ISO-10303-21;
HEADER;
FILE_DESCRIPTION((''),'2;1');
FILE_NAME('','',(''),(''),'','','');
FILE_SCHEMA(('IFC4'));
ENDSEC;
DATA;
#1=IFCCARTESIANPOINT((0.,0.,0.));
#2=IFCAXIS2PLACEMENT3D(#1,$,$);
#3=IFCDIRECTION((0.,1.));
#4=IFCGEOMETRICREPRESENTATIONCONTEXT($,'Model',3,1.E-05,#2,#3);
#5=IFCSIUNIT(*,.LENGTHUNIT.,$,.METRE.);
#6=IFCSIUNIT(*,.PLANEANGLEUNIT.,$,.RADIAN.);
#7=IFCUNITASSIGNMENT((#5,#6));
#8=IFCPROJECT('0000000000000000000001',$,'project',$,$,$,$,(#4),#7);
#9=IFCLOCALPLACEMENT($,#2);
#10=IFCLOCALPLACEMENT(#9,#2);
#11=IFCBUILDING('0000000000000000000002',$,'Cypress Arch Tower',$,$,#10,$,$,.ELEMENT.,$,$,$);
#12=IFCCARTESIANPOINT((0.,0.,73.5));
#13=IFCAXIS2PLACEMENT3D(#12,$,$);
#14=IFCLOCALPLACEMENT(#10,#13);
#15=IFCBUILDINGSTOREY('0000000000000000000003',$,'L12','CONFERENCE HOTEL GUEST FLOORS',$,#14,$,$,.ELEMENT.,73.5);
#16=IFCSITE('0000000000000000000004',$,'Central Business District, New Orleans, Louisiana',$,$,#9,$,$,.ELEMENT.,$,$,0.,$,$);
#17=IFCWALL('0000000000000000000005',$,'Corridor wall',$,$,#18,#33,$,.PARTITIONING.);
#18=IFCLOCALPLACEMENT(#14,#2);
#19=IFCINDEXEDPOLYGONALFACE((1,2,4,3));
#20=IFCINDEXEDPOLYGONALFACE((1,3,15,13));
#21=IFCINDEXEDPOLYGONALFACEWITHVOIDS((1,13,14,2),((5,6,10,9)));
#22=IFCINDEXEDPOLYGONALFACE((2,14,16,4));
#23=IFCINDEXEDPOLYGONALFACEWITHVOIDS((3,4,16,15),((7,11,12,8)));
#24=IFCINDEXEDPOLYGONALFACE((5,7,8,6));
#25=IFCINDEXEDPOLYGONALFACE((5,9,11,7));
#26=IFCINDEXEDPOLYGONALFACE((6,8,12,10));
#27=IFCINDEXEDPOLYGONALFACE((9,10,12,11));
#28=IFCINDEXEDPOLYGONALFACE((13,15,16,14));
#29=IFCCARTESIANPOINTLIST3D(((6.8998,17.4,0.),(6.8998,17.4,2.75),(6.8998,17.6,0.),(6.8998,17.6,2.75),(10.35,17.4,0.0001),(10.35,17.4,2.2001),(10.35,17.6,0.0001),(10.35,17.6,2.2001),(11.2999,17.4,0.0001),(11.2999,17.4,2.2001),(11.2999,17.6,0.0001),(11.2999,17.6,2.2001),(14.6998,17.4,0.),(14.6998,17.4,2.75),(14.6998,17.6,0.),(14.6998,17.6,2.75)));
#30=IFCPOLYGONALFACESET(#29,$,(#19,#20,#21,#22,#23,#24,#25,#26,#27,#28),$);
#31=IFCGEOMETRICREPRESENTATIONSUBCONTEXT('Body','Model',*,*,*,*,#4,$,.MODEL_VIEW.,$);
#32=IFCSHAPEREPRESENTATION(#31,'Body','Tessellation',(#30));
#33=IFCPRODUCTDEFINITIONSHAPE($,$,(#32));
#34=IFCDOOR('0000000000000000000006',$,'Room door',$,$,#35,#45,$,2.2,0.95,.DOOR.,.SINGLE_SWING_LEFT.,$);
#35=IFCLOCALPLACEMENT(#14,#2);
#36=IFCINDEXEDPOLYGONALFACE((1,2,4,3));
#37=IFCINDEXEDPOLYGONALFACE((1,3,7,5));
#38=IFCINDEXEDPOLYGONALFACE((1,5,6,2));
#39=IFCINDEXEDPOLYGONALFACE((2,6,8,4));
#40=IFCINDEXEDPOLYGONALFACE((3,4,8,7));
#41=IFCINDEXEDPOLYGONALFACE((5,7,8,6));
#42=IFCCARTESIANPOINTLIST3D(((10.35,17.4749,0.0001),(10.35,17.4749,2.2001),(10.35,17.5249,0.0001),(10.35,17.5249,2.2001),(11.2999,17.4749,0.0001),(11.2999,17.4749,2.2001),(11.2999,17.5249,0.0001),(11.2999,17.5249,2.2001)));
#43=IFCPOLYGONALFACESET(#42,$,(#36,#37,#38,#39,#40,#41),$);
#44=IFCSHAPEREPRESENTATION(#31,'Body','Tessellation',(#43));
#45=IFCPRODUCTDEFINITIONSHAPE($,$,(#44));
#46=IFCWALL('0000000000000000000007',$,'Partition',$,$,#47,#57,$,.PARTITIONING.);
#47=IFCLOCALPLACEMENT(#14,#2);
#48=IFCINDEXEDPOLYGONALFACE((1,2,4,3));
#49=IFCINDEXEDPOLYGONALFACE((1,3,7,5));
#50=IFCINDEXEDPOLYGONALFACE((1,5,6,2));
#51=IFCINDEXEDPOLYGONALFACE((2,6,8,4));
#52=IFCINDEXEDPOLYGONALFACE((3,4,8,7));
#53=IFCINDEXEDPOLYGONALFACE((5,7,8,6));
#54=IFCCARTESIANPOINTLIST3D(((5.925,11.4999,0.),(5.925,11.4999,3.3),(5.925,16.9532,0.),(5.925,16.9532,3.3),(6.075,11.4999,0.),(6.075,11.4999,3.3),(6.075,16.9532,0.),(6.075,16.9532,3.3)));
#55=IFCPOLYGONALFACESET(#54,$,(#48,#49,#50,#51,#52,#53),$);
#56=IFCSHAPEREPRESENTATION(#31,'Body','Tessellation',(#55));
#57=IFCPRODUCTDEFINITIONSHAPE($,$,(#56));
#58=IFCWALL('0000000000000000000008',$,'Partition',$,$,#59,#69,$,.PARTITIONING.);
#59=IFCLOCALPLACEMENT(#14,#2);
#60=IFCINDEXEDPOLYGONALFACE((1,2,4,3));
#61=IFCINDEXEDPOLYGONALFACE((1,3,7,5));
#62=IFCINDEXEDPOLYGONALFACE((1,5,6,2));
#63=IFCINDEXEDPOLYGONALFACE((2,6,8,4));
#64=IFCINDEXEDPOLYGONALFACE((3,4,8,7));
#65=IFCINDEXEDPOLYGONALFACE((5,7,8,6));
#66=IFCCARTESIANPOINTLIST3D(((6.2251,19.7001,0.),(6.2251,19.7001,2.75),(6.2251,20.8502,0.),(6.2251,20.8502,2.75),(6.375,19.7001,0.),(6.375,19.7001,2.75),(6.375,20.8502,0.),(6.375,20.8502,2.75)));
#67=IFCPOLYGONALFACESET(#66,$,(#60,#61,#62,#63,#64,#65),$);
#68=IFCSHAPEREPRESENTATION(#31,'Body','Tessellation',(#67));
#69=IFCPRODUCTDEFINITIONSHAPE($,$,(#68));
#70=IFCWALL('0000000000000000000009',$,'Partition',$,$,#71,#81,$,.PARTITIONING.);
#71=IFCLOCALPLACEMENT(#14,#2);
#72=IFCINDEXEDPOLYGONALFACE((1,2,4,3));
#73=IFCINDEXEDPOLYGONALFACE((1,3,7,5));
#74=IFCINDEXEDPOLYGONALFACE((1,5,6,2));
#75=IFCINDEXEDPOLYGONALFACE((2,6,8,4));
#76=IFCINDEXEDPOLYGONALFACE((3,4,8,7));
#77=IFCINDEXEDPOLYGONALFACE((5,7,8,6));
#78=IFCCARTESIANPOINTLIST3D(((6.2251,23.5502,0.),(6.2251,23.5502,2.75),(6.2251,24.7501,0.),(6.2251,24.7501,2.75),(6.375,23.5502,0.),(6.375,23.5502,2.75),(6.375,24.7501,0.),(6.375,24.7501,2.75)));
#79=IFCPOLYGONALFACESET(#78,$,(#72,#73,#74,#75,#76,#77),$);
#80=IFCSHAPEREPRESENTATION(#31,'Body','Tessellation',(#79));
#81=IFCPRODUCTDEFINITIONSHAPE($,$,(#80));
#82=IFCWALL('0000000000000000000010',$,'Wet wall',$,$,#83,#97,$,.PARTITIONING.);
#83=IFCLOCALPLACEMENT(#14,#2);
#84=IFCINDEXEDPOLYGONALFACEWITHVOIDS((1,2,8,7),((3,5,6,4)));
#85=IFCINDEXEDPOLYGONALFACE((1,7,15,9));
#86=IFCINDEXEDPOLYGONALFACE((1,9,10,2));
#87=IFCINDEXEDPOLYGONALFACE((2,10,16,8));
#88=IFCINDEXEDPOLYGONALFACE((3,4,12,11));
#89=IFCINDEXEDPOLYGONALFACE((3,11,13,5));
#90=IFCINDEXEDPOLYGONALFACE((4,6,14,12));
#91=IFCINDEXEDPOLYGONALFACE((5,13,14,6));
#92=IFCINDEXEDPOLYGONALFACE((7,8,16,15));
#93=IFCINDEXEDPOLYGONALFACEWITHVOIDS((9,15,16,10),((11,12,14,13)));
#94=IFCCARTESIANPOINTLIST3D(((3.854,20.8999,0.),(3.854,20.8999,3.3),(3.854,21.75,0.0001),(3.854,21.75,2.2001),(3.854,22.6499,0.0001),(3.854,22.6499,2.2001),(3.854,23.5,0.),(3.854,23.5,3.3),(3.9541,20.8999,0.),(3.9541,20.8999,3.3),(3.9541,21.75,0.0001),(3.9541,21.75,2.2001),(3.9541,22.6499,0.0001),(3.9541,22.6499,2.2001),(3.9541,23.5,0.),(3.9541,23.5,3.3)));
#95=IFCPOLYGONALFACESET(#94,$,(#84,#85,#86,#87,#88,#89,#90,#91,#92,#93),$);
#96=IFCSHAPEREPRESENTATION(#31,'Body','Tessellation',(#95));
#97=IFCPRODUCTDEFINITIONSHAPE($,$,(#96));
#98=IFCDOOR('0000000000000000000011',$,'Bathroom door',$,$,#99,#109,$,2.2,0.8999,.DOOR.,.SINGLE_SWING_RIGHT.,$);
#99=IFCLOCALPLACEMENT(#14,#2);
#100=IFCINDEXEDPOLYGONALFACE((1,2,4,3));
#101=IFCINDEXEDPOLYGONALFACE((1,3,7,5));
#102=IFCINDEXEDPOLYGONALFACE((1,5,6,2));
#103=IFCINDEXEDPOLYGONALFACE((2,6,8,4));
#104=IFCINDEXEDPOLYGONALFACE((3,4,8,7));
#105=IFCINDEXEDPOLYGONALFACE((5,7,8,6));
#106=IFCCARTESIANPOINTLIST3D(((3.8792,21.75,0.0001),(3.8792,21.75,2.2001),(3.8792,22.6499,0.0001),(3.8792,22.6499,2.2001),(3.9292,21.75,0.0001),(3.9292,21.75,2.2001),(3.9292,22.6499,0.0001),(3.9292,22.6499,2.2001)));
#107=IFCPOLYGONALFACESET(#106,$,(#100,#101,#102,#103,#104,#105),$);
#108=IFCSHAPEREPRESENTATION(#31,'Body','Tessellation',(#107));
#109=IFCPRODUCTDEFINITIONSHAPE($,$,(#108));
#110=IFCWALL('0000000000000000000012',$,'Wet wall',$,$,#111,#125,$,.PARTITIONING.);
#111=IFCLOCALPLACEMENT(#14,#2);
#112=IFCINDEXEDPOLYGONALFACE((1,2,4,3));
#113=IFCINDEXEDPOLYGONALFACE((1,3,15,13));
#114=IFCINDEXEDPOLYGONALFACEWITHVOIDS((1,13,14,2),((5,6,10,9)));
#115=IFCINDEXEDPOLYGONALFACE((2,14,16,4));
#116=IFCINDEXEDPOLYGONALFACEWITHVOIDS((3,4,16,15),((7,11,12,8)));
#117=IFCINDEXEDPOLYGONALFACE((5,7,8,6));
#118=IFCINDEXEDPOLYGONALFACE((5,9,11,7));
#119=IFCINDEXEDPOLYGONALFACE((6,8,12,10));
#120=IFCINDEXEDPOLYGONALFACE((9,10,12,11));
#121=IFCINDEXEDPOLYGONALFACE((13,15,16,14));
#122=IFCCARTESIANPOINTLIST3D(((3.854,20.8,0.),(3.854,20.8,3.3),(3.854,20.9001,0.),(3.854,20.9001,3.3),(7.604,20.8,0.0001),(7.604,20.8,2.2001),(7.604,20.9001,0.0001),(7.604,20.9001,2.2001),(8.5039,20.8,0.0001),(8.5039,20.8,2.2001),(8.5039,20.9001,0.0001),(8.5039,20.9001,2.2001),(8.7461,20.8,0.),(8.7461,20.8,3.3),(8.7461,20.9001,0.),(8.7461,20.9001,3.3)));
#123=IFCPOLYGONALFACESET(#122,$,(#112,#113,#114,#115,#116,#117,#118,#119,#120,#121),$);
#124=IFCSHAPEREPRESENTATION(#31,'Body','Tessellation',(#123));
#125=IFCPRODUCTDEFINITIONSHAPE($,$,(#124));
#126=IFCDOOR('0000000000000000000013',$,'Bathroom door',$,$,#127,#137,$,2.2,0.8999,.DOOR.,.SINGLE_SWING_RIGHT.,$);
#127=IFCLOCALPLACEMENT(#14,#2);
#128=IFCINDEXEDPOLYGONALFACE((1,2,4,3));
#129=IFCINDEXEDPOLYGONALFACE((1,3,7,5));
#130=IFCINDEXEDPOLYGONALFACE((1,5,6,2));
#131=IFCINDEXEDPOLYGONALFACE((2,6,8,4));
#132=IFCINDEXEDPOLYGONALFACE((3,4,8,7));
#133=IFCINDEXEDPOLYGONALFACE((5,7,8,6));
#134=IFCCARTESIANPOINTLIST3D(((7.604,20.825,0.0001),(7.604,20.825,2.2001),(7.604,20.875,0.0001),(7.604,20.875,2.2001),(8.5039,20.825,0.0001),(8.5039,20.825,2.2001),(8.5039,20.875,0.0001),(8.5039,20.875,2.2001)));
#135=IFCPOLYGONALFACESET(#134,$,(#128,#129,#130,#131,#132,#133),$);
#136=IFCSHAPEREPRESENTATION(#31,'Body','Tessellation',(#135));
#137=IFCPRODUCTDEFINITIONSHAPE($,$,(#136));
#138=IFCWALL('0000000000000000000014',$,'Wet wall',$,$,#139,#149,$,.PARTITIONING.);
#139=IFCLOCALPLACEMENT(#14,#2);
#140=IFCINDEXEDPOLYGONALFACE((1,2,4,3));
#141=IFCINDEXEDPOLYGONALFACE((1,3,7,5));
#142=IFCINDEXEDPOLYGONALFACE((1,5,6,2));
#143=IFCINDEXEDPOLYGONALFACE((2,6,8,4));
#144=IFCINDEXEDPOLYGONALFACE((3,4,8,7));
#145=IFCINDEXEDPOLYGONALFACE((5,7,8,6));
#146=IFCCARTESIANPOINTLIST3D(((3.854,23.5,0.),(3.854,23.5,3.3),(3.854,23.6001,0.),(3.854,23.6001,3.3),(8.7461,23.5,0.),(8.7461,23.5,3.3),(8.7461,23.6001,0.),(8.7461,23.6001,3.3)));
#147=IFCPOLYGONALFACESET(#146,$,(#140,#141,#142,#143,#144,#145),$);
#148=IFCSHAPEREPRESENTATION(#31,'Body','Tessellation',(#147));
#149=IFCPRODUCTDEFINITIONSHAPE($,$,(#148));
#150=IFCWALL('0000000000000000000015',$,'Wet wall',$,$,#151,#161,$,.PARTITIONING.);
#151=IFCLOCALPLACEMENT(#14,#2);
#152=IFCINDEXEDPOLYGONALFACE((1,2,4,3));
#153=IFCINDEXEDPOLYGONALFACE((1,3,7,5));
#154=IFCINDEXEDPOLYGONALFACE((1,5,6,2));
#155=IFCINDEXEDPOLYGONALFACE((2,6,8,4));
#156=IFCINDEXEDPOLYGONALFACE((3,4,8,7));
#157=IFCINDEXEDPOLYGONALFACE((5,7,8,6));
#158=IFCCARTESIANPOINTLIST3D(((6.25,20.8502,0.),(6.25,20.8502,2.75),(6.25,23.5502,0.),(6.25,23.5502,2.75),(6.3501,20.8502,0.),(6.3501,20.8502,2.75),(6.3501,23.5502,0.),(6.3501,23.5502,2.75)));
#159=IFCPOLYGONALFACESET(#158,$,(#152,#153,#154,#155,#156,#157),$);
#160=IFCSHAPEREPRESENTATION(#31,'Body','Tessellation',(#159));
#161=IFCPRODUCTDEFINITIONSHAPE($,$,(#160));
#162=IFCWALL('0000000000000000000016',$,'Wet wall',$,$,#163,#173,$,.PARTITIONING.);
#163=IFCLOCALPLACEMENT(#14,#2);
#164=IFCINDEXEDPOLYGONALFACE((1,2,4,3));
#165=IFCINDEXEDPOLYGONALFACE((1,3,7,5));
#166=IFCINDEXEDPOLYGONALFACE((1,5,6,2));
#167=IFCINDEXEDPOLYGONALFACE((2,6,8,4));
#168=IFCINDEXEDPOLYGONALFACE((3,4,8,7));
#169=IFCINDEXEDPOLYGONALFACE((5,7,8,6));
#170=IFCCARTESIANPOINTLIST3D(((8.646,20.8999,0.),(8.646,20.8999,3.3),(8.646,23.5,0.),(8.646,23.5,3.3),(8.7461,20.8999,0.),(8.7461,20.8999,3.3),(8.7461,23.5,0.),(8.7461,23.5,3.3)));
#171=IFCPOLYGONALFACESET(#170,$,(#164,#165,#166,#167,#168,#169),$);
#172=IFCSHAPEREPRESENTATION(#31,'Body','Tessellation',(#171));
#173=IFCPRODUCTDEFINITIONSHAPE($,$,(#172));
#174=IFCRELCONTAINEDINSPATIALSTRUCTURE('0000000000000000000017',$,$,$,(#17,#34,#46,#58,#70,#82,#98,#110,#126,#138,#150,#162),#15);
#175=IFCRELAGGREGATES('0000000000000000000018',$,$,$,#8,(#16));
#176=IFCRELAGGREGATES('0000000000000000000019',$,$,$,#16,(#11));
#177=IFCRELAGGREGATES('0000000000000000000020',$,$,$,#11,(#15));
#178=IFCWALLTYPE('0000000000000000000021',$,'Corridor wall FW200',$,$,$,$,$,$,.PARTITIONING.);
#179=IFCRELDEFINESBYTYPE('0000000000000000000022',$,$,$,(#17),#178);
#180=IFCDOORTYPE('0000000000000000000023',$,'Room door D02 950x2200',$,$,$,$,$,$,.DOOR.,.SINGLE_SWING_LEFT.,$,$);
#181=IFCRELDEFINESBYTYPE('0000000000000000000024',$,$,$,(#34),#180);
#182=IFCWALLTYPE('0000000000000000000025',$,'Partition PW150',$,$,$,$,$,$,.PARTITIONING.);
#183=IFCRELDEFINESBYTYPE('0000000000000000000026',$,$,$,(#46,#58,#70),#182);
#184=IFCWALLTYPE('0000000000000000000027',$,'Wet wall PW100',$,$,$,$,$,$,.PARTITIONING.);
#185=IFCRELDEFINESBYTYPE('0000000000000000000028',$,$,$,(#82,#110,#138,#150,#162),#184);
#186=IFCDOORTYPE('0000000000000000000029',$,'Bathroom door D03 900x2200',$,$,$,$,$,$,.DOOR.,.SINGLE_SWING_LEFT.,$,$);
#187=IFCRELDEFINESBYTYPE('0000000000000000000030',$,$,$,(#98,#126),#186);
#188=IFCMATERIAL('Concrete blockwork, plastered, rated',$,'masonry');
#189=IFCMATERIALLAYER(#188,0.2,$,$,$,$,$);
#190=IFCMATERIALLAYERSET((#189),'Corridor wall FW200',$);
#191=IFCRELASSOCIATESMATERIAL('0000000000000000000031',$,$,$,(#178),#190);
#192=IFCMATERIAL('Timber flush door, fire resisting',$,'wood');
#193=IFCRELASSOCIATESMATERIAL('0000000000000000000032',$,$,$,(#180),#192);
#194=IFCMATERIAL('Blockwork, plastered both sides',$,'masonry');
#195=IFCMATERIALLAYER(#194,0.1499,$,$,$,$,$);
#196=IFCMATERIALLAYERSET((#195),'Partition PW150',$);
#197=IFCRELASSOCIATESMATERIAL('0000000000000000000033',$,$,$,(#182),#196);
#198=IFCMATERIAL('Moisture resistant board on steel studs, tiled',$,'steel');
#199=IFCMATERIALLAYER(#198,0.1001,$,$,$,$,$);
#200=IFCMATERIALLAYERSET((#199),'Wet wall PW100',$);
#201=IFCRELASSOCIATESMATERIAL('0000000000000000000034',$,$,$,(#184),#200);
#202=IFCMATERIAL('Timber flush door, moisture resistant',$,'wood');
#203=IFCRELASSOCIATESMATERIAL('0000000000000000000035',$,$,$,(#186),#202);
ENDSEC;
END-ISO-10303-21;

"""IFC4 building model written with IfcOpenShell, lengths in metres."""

from ifc_helpers import new_model, si_unit, direction, frame, frame_2d, origin, place, context, subcontext, project, spatial, rectangle, extrude, material, layer, layer_set, type_object, element, fill, save


model = new_model("IFC4")

# Units and contexts
model_context = context("Model", 3, precision=1e-05, world=origin(), true_north=direction((0.0, 1.0)))
body_context = subcontext(model_context, "Body", "Model", "MODEL_VIEW")
ifc_project = project(units=[si_unit("LENGTHUNIT", "METRE"), si_unit("PLANEANGLEUNIT", "RADIAN")], contexts=[model_context])

# Site, building, storey
site_placement = place(None, origin())
site = spatial("IfcSite", under=ifc_project, at=site_placement, Name="Central Business District, New Orleans, Louisiana", CompositionType="ELEMENT", RefElevation=0.0)
building_placement = place(site_placement, origin())
building = spatial("IfcBuilding", under=site, at=building_placement, Name="Cypress Arch Tower", CompositionType="ELEMENT")
storey_placement = place(building_placement, frame((0.0, 0.0, 73.5)))
storey = spatial("IfcBuildingStorey", under=building, at=storey_placement, Name="L12", Description="CONFERENCE HOTEL GUEST FLOORS", CompositionType="ELEMENT", Elevation=73.5)

# Shared definitions
ifc_material_1 = material(Name="Concrete blockwork, plastered, rated", Category="masonry")
ifc_layer_1 = layer(ifc_material_1, 0.2)
ifc_layer_set_1 = layer_set([ifc_layer_1], Name="Corridor wall FW200")
wall_type_1 = type_object("IfcWallType", Name="Corridor wall FW200", PredefinedType="PARTITIONING", material=ifc_layer_set_1)

# Wall, opening, door
wall_1_placement = place(storey_placement, frame((6.8999, 17.5, 0.0), z_axis=(0.0, 0.0, 1.0), x_axis=(1.0, 0.0, 0.0)))
wall_1 = element("IfcWall", 1, at=wall_1_placement, inside=storey, type_object=wall_type_1, Name="Corridor wall", PredefinedType="PARTITIONING", context=body_context, shape_type="SweptSolid", body=[
    extrude(rectangle(XDim=7.8, YDim=0.2, at=frame_2d((3.8999, 0.0))), origin(), (0.0, 0.0, 1.0), 2.75),
])
opening_1_placement = place(wall_1_placement, frame((3.45, 0.0, 0.0)))
opening_1 = element("IfcOpeningElement", 2, at=opening_1_placement, cuts=wall_1, PredefinedType="OPENING", context=body_context, shape_type="SweptSolid", body=[
    extrude(rectangle(XDim=0.95, YDim=2.2, at=frame_2d((0.4751, 1.1001))), frame((0.0, 0.1099, 0.0), z_axis=(0.0, -1.0, 0.0), x_axis=(1.0, 0.0, 0.0)), (0.0, 0.0, 1.0), 0.22),
])
ifc_material_2 = material(Name="Timber flush door, fire resisting", Category="wood")
door_type_1 = type_object("IfcDoorType", Name="Room door D02 950x2200", OperationType="SINGLE_SWING_LEFT", PredefinedType="DOOR", material=ifc_material_2)
door_1_placement = place(opening_1_placement, origin())
door_1 = element("IfcDoor", 3, at=door_1_placement, inside=storey, type_object=door_type_1, Name="Room door", OperationType="SINGLE_SWING_LEFT", OverallHeight=2.2, OverallWidth=0.95, PredefinedType="DOOR", context=body_context, shape_type="SweptSolid", body=[
    extrude(rectangle(XDim=0.95, YDim=2.2, at=frame_2d((0.4751, 1.1001))), frame((0.0, 0.0249, 0.0), z_axis=(0.0, -1.0, 0.0), x_axis=(1.0, 0.0, 0.0)), (0.0, 0.0, 1.0), 0.05),
])
fill(opening_1, door_1)

# Walls
ifc_material_3 = material(Name="Blockwork, plastered both sides", Category="masonry")
ifc_layer_2 = layer(ifc_material_3, 0.1499)
ifc_layer_set_2 = layer_set([ifc_layer_2], Name="Partition PW150")
wall_type_2 = type_object("IfcWallType", Name="Partition PW150", PredefinedType="PARTITIONING", material=ifc_layer_set_2)
wall_2_placement = place(storey_placement, frame((6.0, 11.5, 0.0), z_axis=(0.0, 0.0, 1.0), x_axis=(0.0, 1.0, 0.0)))
element("IfcWall", 4, at=wall_2_placement, inside=storey, type_object=wall_type_2, Name="Partition", PredefinedType="PARTITIONING", context=body_context, shape_type="SweptSolid", body=[
    extrude(rectangle(XDim=5.4534, YDim=0.1499, at=frame_2d((2.7266, 0.0))), origin(), (0.0, 0.0, 1.0), 3.3),
])
wall_3_placement = place(storey_placement, frame((6.3, 19.7, 0.0), z_axis=(0.0, 0.0, 1.0), x_axis=(0.0, 1.0, 0.0)))
element("IfcWall", 5, at=wall_3_placement, inside=storey, type_object=wall_type_2, Name="Partition", PredefinedType="PARTITIONING", context=body_context, shape_type="SweptSolid", body=[
    extrude(rectangle(XDim=1.1501, YDim=0.1499, at=frame_2d((0.5752, 0.0))), origin(), (0.0, 0.0, 1.0), 2.75),
])
wall_4_placement = place(storey_placement, frame((6.3, 23.55, 0.0), z_axis=(0.0, 0.0, 1.0), x_axis=(0.0, 1.0, 0.0)))
element("IfcWall", 6, at=wall_4_placement, inside=storey, type_object=wall_type_2, Name="Partition", PredefinedType="PARTITIONING", context=body_context, shape_type="SweptSolid", body=[
    extrude(rectangle(XDim=1.2, YDim=0.1499, at=frame_2d((0.6001, 0.0))), origin(), (0.0, 0.0, 1.0), 2.75),
])

# Walls, openings, doors
ifc_material_4 = material(Name="Moisture resistant board on steel studs, tiled", Category="steel")
ifc_layer_3 = layer(ifc_material_4, 0.1001)
ifc_layer_set_3 = layer_set([ifc_layer_3], Name="Wet wall PW100")
wall_type_3 = type_object("IfcWallType", Name="Wet wall PW100", PredefinedType="PARTITIONING", material=ifc_layer_set_3)
wall_5_placement = place(storey_placement, frame((3.9041, 20.8999, 0.0), z_axis=(0.0, 0.0, 1.0), x_axis=(0.0, 1.0, 0.0)))
wall_5 = element("IfcWall", 7, at=wall_5_placement, inside=storey, type_object=wall_type_3, Name="Wet wall", PredefinedType="PARTITIONING", context=body_context, shape_type="SweptSolid", body=[
    extrude(rectangle(XDim=2.6001, YDim=0.1001, at=frame_2d((1.3, 0.0))), origin(), (0.0, 0.0, 1.0), 3.3),
])
opening_2_placement = place(wall_5_placement, frame((0.8501, 0.0, 0.0)))
opening_2 = element("IfcOpeningElement", 8, at=opening_2_placement, cuts=wall_5, PredefinedType="OPENING", context=body_context, shape_type="SweptSolid", body=[
    extrude(rectangle(XDim=0.8999, YDim=2.2, at=frame_2d((0.45, 1.1001))), frame((0.0, 0.0601, 0.0), z_axis=(0.0, -1.0, 0.0), x_axis=(1.0, 0.0, 0.0)), (0.0, 0.0, 1.0), 0.1201),
])
ifc_material_5 = material(Name="Timber flush door, moisture resistant", Category="wood")
door_type_2 = type_object("IfcDoorType", Name="Bathroom door D03 900x2200", OperationType="SINGLE_SWING_LEFT", PredefinedType="DOOR", material=ifc_material_5)
door_2_placement = place(opening_2_placement, origin())
door_2 = element("IfcDoor", 9, at=door_2_placement, inside=storey, type_object=door_type_2, Name="Bathroom door", OperationType="SINGLE_SWING_RIGHT", OverallHeight=2.2, OverallWidth=0.8999, PredefinedType="DOOR", context=body_context, shape_type="SweptSolid", body=[
    extrude(rectangle(XDim=0.8999, YDim=2.2, at=frame_2d((0.45, 1.1001))), frame((0.0, 0.0249, 0.0), z_axis=(0.0, -1.0, 0.0), x_axis=(1.0, 0.0, 0.0)), (0.0, 0.0, 1.0), 0.05),
])
fill(opening_2, door_2)
wall_6_placement = place(storey_placement, frame((3.854, 20.8501, 0.0), z_axis=(0.0, 0.0, 1.0), x_axis=(1.0, 0.0, 0.0)))
wall_6 = element("IfcWall", 10, at=wall_6_placement, inside=storey, type_object=wall_type_3, Name="Wet wall", PredefinedType="PARTITIONING", context=body_context, shape_type="SweptSolid", body=[
    extrude(rectangle(XDim=4.8921, YDim=0.1001, at=frame_2d((2.446, 0.0))), origin(), (0.0, 0.0, 1.0), 3.3),
])
opening_3_placement = place(wall_6_placement, frame((3.75, 0.0, 0.0)))
opening_3 = element("IfcOpeningElement", 11, at=opening_3_placement, cuts=wall_6, PredefinedType="OPENING", context=body_context, shape_type="SweptSolid", body=[
    extrude(rectangle(XDim=0.8999, YDim=2.2, at=frame_2d((0.45, 1.1001))), frame((0.0, 0.0601, 0.0), z_axis=(0.0, -1.0, 0.0), x_axis=(1.0, 0.0, 0.0)), (0.0, 0.0, 1.0), 0.1201),
])
door_3_placement = place(opening_3_placement, origin())
door_3 = element("IfcDoor", 12, at=door_3_placement, inside=storey, type_object=door_type_2, Name="Bathroom door", OperationType="SINGLE_SWING_RIGHT", OverallHeight=2.2, OverallWidth=0.8999, PredefinedType="DOOR", context=body_context, shape_type="SweptSolid", body=[
    extrude(rectangle(XDim=0.8999, YDim=2.2, at=frame_2d((0.45, 1.1001))), frame((0.0, 0.0249, 0.0), z_axis=(0.0, -1.0, 0.0), x_axis=(1.0, 0.0, 0.0)), (0.0, 0.0, 1.0), 0.05),
])
fill(opening_3, door_3)

# Walls
wall_7_placement = place(storey_placement, frame((3.854, 23.55, 0.0), z_axis=(0.0, 0.0, 1.0), x_axis=(1.0, 0.0, 0.0)))
element("IfcWall", 13, at=wall_7_placement, inside=storey, type_object=wall_type_3, Name="Wet wall", PredefinedType="PARTITIONING", context=body_context, shape_type="SweptSolid", body=[
    extrude(rectangle(XDim=4.8921, YDim=0.1001, at=frame_2d((2.446, 0.0))), origin(), (0.0, 0.0, 1.0), 3.3),
])
wall_8_placement = place(storey_placement, frame((6.3, 20.8501, 0.0), z_axis=(0.0, 0.0, 1.0), x_axis=(0.0, 1.0, 0.0)))
element("IfcWall", 14, at=wall_8_placement, inside=storey, type_object=wall_type_3, Name="Wet wall", PredefinedType="PARTITIONING", context=body_context, shape_type="SweptSolid", body=[
    extrude(rectangle(XDim=2.7, YDim=0.1001, at=frame_2d((1.3501, 0.0))), origin(), (0.0, 0.0, 1.0), 2.75),
])
wall_9_placement = place(storey_placement, frame((8.696, 20.8999, 0.0), z_axis=(0.0, 0.0, 1.0), x_axis=(0.0, 1.0, 0.0)))
element("IfcWall", 15, at=wall_9_placement, inside=storey, type_object=wall_type_3, Name="Wet wall", PredefinedType="PARTITIONING", context=body_context, shape_type="SweptSolid", body=[
    extrude(rectangle(XDim=2.6001, YDim=0.1001, at=frame_2d((1.3, 0.0))), origin(), (0.0, 0.0, 1.0), 3.3),
])

save(model, "model.ifc")
